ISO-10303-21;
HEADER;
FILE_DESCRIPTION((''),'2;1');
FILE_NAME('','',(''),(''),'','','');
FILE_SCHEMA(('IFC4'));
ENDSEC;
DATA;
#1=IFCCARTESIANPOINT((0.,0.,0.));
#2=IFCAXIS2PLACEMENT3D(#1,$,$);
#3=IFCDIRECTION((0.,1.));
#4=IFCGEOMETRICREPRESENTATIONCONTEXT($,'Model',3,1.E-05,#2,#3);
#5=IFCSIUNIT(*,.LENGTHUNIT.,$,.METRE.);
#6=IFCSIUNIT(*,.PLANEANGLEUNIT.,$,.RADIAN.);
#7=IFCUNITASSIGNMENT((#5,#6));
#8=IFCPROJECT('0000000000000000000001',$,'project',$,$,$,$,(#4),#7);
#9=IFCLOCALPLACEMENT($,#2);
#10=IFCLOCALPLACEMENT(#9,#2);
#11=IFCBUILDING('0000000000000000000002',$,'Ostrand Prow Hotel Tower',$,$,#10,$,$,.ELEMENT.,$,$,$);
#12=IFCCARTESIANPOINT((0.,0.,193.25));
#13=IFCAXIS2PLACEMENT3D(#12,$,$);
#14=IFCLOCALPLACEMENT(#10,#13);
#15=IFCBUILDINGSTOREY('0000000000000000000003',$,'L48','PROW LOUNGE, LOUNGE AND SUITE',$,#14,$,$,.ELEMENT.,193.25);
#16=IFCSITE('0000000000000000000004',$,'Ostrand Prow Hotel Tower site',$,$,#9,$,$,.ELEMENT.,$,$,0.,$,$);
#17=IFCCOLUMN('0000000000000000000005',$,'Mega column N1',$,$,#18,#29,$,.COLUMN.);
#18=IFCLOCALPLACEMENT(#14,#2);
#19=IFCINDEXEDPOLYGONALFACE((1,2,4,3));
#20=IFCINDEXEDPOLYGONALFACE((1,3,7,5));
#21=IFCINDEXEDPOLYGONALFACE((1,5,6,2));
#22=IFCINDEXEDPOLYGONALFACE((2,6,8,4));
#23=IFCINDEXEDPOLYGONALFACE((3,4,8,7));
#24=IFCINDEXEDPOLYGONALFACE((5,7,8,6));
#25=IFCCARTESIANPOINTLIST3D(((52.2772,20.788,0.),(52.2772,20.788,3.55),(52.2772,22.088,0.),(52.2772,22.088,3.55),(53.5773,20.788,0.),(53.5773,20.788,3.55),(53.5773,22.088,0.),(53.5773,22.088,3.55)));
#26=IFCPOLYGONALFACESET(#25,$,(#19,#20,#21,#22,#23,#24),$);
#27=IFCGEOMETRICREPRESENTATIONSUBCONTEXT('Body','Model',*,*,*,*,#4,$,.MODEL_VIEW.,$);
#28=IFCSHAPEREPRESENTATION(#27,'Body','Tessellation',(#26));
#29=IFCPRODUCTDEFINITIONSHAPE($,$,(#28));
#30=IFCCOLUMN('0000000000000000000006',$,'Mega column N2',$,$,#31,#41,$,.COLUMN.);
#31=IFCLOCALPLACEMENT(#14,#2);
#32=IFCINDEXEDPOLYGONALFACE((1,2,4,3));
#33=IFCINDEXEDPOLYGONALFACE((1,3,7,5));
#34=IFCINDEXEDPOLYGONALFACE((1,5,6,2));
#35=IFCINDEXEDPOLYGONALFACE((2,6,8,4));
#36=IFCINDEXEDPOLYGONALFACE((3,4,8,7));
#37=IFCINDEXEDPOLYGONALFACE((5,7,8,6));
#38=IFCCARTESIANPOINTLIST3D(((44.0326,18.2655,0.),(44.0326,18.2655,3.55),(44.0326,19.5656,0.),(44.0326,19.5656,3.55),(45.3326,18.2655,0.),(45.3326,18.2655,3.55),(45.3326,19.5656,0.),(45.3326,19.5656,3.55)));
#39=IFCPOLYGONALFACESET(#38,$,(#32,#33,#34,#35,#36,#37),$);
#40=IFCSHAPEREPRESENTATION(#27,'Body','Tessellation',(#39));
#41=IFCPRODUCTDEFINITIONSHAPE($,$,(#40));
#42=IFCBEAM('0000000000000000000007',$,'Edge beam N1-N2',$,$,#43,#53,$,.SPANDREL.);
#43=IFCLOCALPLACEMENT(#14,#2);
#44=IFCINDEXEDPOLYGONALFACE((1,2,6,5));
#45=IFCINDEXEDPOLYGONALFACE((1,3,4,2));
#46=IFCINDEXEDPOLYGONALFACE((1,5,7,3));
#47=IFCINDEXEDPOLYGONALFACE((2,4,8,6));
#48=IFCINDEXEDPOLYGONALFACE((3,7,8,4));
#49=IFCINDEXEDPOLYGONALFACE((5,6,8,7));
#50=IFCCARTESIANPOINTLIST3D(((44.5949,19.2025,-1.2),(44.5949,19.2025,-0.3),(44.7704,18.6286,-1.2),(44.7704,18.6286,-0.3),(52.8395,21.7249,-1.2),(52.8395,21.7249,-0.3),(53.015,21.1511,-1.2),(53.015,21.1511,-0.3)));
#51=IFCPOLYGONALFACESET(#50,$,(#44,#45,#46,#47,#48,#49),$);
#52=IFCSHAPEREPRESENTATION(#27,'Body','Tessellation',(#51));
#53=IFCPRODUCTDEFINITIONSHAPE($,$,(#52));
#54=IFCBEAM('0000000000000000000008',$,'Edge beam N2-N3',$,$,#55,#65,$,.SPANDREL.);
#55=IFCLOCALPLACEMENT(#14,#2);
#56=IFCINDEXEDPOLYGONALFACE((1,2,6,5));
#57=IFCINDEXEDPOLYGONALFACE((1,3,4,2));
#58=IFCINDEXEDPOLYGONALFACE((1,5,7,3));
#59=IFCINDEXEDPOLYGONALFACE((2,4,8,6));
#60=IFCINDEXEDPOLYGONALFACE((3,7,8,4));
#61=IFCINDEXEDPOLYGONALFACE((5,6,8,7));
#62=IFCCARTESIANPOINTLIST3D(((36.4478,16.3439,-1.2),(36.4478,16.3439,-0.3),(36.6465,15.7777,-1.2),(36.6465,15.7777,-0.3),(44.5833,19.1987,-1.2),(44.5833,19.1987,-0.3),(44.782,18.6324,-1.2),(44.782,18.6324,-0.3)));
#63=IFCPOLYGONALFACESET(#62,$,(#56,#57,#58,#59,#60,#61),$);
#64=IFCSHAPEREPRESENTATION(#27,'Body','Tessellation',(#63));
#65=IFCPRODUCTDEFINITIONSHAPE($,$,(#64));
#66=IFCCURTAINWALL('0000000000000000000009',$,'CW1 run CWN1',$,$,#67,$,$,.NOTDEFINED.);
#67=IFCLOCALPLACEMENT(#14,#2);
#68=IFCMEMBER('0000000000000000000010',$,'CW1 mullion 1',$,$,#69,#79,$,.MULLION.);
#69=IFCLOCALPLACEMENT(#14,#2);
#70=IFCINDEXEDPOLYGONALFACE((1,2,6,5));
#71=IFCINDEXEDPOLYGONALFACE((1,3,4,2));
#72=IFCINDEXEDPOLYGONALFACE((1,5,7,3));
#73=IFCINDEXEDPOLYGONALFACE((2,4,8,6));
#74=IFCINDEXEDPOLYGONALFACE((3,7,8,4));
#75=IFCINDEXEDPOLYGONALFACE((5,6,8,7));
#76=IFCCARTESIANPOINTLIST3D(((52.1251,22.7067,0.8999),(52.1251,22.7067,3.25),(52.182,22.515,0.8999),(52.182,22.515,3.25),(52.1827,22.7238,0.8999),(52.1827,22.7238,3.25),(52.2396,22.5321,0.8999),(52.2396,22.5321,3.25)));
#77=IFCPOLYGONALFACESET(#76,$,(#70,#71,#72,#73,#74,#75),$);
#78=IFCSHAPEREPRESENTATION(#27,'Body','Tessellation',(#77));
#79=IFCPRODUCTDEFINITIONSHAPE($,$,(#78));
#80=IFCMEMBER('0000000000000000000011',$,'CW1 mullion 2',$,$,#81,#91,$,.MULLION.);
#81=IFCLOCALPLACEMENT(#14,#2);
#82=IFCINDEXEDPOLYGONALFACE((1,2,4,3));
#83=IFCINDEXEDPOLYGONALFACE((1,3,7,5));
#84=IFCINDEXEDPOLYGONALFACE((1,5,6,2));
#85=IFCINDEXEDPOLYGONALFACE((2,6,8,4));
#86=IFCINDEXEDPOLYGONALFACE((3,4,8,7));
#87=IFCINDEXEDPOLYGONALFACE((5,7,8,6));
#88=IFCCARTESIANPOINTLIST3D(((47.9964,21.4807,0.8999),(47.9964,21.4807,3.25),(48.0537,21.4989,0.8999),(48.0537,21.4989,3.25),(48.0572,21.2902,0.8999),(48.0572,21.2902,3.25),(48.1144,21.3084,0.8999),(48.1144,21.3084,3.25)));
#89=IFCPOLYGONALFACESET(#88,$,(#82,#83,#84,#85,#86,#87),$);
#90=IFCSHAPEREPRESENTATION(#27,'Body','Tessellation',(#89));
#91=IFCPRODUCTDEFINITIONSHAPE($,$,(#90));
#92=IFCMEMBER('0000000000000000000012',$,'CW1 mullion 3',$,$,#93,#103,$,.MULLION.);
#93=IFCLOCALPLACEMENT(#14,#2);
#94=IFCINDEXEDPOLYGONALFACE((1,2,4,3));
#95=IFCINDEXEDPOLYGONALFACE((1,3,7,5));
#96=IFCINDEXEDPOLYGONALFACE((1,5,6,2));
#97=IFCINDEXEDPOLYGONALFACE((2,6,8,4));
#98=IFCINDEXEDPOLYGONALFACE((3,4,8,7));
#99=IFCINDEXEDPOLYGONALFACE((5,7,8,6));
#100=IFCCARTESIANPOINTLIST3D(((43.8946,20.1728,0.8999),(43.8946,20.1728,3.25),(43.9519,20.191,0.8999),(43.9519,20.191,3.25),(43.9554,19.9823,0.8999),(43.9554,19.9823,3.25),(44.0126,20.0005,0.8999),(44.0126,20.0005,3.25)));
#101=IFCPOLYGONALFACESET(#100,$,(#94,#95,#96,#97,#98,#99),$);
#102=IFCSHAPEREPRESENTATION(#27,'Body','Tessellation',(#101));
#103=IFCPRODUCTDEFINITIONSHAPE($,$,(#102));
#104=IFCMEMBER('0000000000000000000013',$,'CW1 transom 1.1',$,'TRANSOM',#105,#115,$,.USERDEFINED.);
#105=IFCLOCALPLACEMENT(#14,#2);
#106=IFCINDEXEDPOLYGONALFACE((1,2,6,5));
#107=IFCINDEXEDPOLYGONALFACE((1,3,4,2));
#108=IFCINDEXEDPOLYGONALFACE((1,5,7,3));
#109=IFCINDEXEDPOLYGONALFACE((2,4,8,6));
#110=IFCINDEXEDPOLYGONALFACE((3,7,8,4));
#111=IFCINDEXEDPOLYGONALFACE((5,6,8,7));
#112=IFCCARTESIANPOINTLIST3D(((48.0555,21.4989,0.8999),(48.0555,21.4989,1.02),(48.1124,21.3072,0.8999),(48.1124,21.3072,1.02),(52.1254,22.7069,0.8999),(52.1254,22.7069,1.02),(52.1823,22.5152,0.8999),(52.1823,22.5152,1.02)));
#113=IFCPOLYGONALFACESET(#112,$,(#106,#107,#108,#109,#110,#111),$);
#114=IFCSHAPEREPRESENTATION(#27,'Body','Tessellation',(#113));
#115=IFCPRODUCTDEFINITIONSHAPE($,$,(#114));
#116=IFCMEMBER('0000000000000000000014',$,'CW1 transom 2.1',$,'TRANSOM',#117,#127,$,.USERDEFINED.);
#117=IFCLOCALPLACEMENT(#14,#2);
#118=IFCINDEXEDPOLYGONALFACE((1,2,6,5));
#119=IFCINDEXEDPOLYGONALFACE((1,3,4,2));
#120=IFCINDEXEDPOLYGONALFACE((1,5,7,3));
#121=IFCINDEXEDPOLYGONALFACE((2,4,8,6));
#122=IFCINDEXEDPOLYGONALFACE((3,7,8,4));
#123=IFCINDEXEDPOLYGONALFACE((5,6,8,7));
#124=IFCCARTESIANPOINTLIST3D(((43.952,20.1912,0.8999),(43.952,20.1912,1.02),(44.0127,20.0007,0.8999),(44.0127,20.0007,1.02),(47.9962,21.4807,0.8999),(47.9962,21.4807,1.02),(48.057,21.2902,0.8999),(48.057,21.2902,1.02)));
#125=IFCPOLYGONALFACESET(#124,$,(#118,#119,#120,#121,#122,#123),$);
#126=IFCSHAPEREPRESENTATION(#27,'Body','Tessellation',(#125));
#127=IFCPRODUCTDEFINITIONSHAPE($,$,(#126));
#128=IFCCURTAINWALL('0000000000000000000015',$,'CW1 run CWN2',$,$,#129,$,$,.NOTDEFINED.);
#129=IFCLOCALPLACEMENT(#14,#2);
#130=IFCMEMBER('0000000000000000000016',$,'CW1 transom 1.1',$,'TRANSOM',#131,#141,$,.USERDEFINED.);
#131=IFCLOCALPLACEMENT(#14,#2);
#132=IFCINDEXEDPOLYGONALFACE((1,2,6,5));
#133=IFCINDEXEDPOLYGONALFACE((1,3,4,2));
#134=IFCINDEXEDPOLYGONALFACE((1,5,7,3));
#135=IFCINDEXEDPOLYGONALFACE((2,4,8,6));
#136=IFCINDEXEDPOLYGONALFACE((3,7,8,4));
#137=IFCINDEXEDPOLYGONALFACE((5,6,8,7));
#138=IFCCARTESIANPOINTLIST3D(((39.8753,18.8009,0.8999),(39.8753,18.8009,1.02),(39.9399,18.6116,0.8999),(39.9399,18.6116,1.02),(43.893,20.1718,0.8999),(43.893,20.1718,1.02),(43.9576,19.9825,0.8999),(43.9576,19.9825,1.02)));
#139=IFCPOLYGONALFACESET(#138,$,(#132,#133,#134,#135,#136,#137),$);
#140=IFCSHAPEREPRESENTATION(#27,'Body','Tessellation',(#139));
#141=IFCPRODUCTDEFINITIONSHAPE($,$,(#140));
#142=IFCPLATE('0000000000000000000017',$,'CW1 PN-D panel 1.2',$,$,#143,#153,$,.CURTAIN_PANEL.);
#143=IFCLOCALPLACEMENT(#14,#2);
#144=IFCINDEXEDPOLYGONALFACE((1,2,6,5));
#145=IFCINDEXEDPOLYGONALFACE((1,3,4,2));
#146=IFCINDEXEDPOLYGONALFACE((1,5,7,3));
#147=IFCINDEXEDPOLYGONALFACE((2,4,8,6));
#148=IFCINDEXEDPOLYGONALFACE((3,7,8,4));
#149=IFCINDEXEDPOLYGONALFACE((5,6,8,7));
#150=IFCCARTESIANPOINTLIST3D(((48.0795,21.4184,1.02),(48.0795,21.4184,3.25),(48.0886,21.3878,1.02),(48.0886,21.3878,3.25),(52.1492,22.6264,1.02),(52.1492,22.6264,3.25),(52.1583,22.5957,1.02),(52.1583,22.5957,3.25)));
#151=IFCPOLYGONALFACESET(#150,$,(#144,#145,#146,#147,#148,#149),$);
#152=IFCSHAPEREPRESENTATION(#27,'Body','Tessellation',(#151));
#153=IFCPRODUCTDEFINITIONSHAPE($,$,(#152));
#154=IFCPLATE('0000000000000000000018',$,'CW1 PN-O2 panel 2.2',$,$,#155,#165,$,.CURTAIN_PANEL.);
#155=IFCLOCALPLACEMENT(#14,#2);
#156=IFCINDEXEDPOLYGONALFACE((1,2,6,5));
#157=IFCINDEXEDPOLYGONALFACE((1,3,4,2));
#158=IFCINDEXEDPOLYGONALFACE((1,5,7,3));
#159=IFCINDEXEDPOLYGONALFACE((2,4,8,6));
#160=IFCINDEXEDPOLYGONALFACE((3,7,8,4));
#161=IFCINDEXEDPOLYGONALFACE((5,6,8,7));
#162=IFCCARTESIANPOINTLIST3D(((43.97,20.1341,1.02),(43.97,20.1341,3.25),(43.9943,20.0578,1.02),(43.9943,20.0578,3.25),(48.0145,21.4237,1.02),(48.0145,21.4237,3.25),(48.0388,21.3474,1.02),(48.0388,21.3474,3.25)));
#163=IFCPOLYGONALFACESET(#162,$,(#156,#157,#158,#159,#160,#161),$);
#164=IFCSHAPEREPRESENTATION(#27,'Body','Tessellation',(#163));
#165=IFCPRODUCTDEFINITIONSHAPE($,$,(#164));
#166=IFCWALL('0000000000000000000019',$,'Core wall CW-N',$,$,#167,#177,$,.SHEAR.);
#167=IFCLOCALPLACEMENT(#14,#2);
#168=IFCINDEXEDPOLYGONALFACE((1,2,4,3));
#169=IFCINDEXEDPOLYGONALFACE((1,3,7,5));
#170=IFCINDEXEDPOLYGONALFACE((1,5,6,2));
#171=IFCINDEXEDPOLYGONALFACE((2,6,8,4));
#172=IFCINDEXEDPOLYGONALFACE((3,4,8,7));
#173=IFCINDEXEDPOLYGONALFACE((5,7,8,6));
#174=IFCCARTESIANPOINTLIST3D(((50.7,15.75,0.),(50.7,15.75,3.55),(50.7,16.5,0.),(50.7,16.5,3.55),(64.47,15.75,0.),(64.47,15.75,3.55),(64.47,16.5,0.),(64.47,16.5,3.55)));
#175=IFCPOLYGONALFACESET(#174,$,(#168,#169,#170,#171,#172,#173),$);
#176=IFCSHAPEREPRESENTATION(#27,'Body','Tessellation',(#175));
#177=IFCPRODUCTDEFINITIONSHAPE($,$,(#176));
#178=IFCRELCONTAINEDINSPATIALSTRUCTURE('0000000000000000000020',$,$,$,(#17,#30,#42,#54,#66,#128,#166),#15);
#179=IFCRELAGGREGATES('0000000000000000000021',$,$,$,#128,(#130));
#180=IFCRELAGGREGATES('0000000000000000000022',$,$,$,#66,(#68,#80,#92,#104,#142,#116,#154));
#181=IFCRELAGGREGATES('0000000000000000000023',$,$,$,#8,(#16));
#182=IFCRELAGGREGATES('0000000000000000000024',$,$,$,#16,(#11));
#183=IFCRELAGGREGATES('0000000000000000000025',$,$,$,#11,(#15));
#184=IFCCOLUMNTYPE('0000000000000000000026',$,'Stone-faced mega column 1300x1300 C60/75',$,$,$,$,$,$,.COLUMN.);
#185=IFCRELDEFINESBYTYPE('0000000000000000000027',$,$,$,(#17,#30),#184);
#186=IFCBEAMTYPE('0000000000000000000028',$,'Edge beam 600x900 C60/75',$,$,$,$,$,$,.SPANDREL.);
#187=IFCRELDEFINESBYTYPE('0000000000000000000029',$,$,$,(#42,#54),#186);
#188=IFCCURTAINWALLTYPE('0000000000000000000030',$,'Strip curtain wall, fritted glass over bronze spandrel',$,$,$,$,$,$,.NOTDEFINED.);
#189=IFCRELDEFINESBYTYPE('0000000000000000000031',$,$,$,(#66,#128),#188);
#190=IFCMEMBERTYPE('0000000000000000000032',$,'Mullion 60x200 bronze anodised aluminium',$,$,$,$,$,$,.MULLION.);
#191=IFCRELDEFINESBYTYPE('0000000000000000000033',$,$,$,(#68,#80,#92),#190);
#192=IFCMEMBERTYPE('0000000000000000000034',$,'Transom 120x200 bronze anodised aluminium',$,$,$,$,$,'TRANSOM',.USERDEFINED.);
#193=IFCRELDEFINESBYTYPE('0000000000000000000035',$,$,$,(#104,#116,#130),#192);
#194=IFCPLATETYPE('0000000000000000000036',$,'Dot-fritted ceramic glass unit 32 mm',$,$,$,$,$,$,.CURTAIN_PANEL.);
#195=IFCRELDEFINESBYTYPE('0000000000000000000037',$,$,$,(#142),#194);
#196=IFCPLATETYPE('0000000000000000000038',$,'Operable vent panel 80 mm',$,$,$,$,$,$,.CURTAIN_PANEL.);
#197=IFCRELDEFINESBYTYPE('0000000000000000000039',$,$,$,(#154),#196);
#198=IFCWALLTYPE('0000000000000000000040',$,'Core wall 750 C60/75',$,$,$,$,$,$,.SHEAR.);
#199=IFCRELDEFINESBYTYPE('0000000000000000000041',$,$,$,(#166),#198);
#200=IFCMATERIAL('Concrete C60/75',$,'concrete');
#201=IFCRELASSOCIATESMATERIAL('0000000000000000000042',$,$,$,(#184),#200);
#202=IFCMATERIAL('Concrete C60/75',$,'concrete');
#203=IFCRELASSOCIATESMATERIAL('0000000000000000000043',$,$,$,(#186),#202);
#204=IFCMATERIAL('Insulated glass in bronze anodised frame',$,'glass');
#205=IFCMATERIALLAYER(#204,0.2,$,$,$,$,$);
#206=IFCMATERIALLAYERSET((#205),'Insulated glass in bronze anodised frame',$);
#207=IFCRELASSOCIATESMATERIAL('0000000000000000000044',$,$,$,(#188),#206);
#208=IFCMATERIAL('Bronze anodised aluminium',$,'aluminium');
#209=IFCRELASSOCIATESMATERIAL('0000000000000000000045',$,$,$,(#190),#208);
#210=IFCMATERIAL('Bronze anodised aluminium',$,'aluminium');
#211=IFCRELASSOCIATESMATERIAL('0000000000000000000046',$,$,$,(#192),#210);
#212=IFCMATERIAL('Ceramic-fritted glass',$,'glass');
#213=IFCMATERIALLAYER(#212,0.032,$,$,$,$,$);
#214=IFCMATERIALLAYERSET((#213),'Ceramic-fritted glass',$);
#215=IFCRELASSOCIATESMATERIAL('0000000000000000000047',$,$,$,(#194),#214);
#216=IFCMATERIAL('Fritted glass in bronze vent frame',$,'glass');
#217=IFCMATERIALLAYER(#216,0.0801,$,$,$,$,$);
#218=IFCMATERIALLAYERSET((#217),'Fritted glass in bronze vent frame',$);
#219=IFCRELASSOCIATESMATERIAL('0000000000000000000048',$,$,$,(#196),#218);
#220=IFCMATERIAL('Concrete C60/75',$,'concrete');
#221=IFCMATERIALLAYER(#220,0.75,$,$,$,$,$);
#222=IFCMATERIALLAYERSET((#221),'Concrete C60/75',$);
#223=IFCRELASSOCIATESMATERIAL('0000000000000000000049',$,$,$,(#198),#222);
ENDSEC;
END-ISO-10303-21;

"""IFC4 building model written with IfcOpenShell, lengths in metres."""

from ifc_helpers import new_model, si_unit, direction, frame, frame_2d, origin, origin_2d, place, context, subcontext, project, spatial, rectangle, extrude, material, layer, layer_set, material_profile, profile_set, type_object, element, aggregate, save


model = new_model("IFC4")

# Units and contexts
model_context = context("Model", 3, precision=1e-05, world=origin(), true_north=direction((0.0, 1.0)))
body_context = subcontext(model_context, "Body", "Model", "MODEL_VIEW")
ifc_project = project(units=[si_unit("LENGTHUNIT", "METRE"), si_unit("PLANEANGLEUNIT", "RADIAN")], contexts=[model_context])

# Site, building, storey
site_placement = place(None, origin())
site = spatial("IfcSite", under=ifc_project, at=site_placement, Name="Ostrand Prow Hotel Tower site", CompositionType="ELEMENT", RefElevation=0.0)
building_placement = place(site_placement, origin())
building = spatial("IfcBuilding", under=site, at=building_placement, Name="Ostrand Prow Hotel Tower", CompositionType="ELEMENT")
storey_placement = place(building_placement, frame((0.0, 0.0, 193.25)))
storey = spatial("IfcBuildingStorey", under=building, at=storey_placement, Name="L48", Description="PROW LOUNGE, LOUNGE AND SUITE", CompositionType="ELEMENT", Elevation=193.25)

# Columns
ifc_material_1 = material(Name="Concrete C60/75", Category="concrete")
ifc_material_profile_1 = material_profile(ifc_material_1, rectangle(XDim=1.3, YDim=1.3, at=origin_2d()), Name="RC 1300x1300")
ifc_profile_set_1 = profile_set([ifc_material_profile_1], Name="Concrete C60/75")
column_type = type_object("IfcColumnType", Name="Stone-faced mega column 1300x1300 C60/75", PredefinedType="COLUMN", material=ifc_profile_set_1)
for number, where, z_axis, x_axis, name in (
    (1, (52.9272, 21.438, 0.0), (0.0, 0.0, 1.0), (1.0, 0.0, 0.0), "Mega column N1"),
    (2, (44.6826, 18.9155, 0.0), (0.0, 0.0, 1.0), (1.0, 0.0, 0.0), "Mega column N2"),
):
    element("IfcColumn", number, at=place(storey_placement, frame(where, z_axis=z_axis, x_axis=x_axis)), inside=storey, type_object=column_type, Name=name, PredefinedType="COLUMN", context=body_context, shape_type="SweptSolid", body=[
        extrude(rectangle(XDim=1.3, YDim=1.3, at=origin_2d()), origin(), (0.0, 0.0, 1.0), 3.55),
    ])

# Beams
ifc_material_2 = material(Name="Concrete C60/75", Category="concrete")
ifc_material_profile_2 = material_profile(ifc_material_2, rectangle(XDim=0.6001, YDim=0.8999, at=origin_2d()), Name="RC 600x900")
ifc_profile_set_2 = profile_set([ifc_material_profile_2], Name="Concrete C60/75")
beam_type = type_object("IfcBeamType", Name="Edge beam 600x900 C60/75", PredefinedType="SPANDREL", material=ifc_profile_set_2)
for number, where, z_axis, x_axis, name in (
    (3, (52.9272, 21.438, -0.75), (-0.956246, -0.292565, 0.0), (0.292565, -0.956246, 0.0), "Edge beam N1-N2"),
    (4, (44.6826, 18.9155, -0.75), (-0.943594, -0.331106, 0.0), (0.331106, -0.943594, 0.0), "Edge beam N2-N3"),
):
    element("IfcBeam", number, at=place(storey_placement, frame(where, z_axis=z_axis, x_axis=x_axis)), inside=storey, type_object=beam_type, Name=name, PredefinedType="SPANDREL", context=body_context, shape_type="SweptSolid", body=[
        extrude(rectangle(XDim=0.6001, YDim=0.8999, at=origin_2d()), origin(), (0.0, 0.0, 1.0), 8.6218),
    ])

# Curtain wall, members
ifc_material_3 = material(Name="Insulated glass in bronze anodised frame", Category="glass")
ifc_layer_1 = layer(ifc_material_3, 0.2)
ifc_layer_set_1 = layer_set([ifc_layer_1], Name="Insulated glass in bronze anodised frame")
curtain_wall_type = type_object("IfcCurtainWallType", Name="Strip curtain wall, fritted glass over bronze spandrel", PredefinedType="NOTDEFINED", material=ifc_layer_set_1)
curtain_wall_1_placement = place(storey_placement, origin())
curtain_wall_1 = element("IfcCurtainWall", 5, at=curtain_wall_1_placement, inside=storey, type_object=curtain_wall_type, Name="CW1 run CWN1", PredefinedType="NOTDEFINED")
ifc_material_4 = material(Name="Bronze anodised aluminium", Category="aluminium")
ifc_material_profile_3 = material_profile(ifc_material_4, rectangle(XDim=0.2, YDim=0.0601, at=origin_2d()), Name="Mullion 60x200 bronze anodised aluminium")
ifc_profile_set_3 = profile_set([ifc_material_profile_3], Name="Bronze anodised aluminium")
member_type_1 = type_object("IfcMemberType", Name="Mullion 60x200 bronze anodised aluminium", PredefinedType="MULLION", material=ifc_profile_set_3)
member_1_placement = place(storey_placement, frame((52.1824, 22.6194, 0.8999), z_axis=(0.0, 0.0, 1.0), x_axis=(0.284544, -0.958663, 0.0)))
member_1 = element("IfcMember", 6, at=member_1_placement, type_object=member_type_1, Name="CW1 mullion 1", PredefinedType="MULLION", context=body_context, shape_type="SweptSolid", body=[
    extrude(rectangle(XDim=0.2, YDim=0.0601, at=origin_2d()), origin(), (0.0, 0.0, 1.0), 2.3501),
])
member_2_placement = place(storey_placement, frame((48.0554, 21.3945, 0.8999), z_axis=(0.0, 0.0, 1.0), x_axis=(0.303787, -0.95274, 0.0)))
member_2 = element("IfcMember", 7, at=member_2_placement, type_object=member_type_1, Name="CW1 mullion 2", PredefinedType="MULLION", context=body_context, shape_type="SweptSolid", body=[
    extrude(rectangle(XDim=0.2, YDim=0.0601, at=origin_2d()), origin(), (0.0, 0.0, 1.0), 2.3501),
])
member_3_placement = place(storey_placement, frame((43.9536, 20.0867, 0.8999), z_axis=(0.0, 0.0, 1.0), x_axis=(0.303787, -0.95274, 0.0)))
member_3 = element("IfcMember", 8, at=member_3_placement, type_object=member_type_1, Name="CW1 mullion 3", PredefinedType="MULLION", context=body_context, shape_type="SweptSolid", body=[
    extrude(rectangle(XDim=0.2, YDim=0.0601, at=origin_2d()), origin(), (0.0, 0.0, 1.0), 2.3501),
])
ifc_material_5 = material(Name="Bronze anodised aluminium", Category="aluminium")
ifc_material_profile_4 = material_profile(ifc_material_5, rectangle(XDim=0.2, YDim=0.1201, at=origin_2d()), Name="Transom 120x200 bronze anodised aluminium")
ifc_profile_set_4 = profile_set([ifc_material_profile_4], Name="Bronze anodised aluminium")
member_type_2 = type_object("IfcMemberType", Name="Transom 120x200 bronze anodised aluminium", ElementType="TRANSOM", PredefinedType="USERDEFINED", material=ifc_profile_set_4)
member_4_placement = place(storey_placement, frame((52.1538, 22.6111, 0.96), z_axis=(-0.958661, -0.28455, 0.0), x_axis=(0.28455, -0.958661, 0.0)))
member_4 = element("IfcMember", 9, at=member_4_placement, type_object=member_type_2, Name="CW1 transom 1.1", ObjectType="TRANSOM", PredefinedType="USERDEFINED", context=body_context, shape_type="SweptSolid", body=[
    extrude(rectangle(XDim=0.2, YDim=0.1201, at=origin_2d()), origin(), (0.0, 0.0, 1.0), 4.2454),
])
member_5_placement = place(storey_placement, frame((48.0266, 21.3855, 0.96), z_axis=(-0.952738, -0.303795, 0.0), x_axis=(0.303795, -0.952738, 0.0)))
member_5 = element("IfcMember", 10, at=member_5_placement, type_object=member_type_2, Name="CW1 transom 2.1", ObjectType="TRANSOM", PredefinedType="USERDEFINED", context=body_context, shape_type="SweptSolid", body=[
    extrude(rectangle(XDim=0.2, YDim=0.1201, at=origin_2d()), origin(), (0.0, 0.0, 1.0), 4.2449),
])

# Curtain wall, member
curtain_wall_2_placement = place(storey_placement, origin())
curtain_wall_2 = element("IfcCurtainWall", 11, at=curtain_wall_2_placement, inside=storey, type_object=curtain_wall_type, Name="CW1 run CWN2", PredefinedType="NOTDEFINED")
member_6_placement = place(storey_placement, frame((43.9253, 20.0771, 0.96), z_axis=(-0.946422, -0.322932, 0.0), x_axis=(0.322932, -0.946422, 0.0)))
member_6 = element("IfcMember", 12, at=member_6_placement, type_object=member_type_2, Name="CW1 transom 1.1", ObjectType="TRANSOM", PredefinedType="USERDEFINED", context=body_context, shape_type="SweptSolid", body=[
    extrude(rectangle(XDim=0.2, YDim=0.1201, at=origin_2d()), origin(), (0.0, 0.0, 1.0), 4.2451),
])
aggregate(curtain_wall_2, [member_6])

# Plates
ifc_material_6 = material(Name="Ceramic-fritted glass", Category="glass")
ifc_layer_2 = layer(ifc_material_6, 0.032)
ifc_layer_set_2 = layer_set([ifc_layer_2], Name="Ceramic-fritted glass")
plate_type_1 = type_object("IfcPlateType", Name="Dot-fritted ceramic glass unit 32 mm", PredefinedType="CURTAIN_PANEL", material=ifc_layer_set_2)
plate_1_placement = place(storey_placement, frame((50.1189, 22.0071, 1.02), z_axis=(0.0, 0.0, 1.0), x_axis=(-0.958663, -0.284544, 0.0)))
plate_1 = element("IfcPlate", 13, at=plate_1_placement, type_object=plate_type_1, Name="CW1 PN-D panel 1.2", PredefinedType="CURTAIN_PANEL", context=body_context, shape_type="SweptSolid", body=[
    extrude(rectangle(XDim=4.2451, YDim=0.032, at=origin_2d()), origin(), (0.0, 0.0, 1.0), 2.23),
])
ifc_material_7 = material(Name="Fritted glass in bronze vent frame", Category="glass")
ifc_layer_3 = layer(ifc_material_7, 0.0801)
ifc_layer_set_3 = layer_set([ifc_layer_3], Name="Fritted glass in bronze vent frame")
plate_type_2 = type_object("IfcPlateType", Name="Operable vent panel 80 mm", PredefinedType="CURTAIN_PANEL", material=ifc_layer_set_3)
plate_2_placement = place(storey_placement, frame((46.0044, 20.7407, 1.02), z_axis=(0.0, 0.0, 1.0), x_axis=(-0.95274, -0.303787, 0.0)))
plate_2 = element("IfcPlate", 14, at=plate_2_placement, type_object=plate_type_2, Name="CW1 PN-O2 panel 2.2", PredefinedType="CURTAIN_PANEL", context=body_context, shape_type="SweptSolid", body=[
    extrude(rectangle(XDim=4.2451, YDim=0.0801, at=origin_2d()), origin(), (0.0, 0.0, 1.0), 2.23),
])
aggregate(curtain_wall_1, [member_1, member_2, member_3, member_4, plate_1, member_5, plate_2])

# Wall
ifc_material_8 = material(Name="Concrete C60/75", Category="concrete")
ifc_layer_4 = layer(ifc_material_8, 0.75)
ifc_layer_set_4 = layer_set([ifc_layer_4], Name="Concrete C60/75")
wall_type_1 = type_object("IfcWallType", Name="Core wall 750 C60/75", PredefinedType="SHEAR", material=ifc_layer_set_4)
wall_1_placement = place(storey_placement, frame((50.7, 16.125, 0.0), z_axis=(0.0, 0.0, 1.0), x_axis=(1.0, 0.0, 0.0)))
element("IfcWall", 15, at=wall_1_placement, inside=storey, type_object=wall_type_1, Name="Core wall CW-N", PredefinedType="SHEAR", context=body_context, shape_type="SweptSolid", body=[
    extrude(rectangle(XDim=13.77, YDim=0.75, at=frame_2d((6.885, 0.0))), origin(), (0.0, 0.0, 1.0), 3.55),
])

save(model, "model.ifc")
